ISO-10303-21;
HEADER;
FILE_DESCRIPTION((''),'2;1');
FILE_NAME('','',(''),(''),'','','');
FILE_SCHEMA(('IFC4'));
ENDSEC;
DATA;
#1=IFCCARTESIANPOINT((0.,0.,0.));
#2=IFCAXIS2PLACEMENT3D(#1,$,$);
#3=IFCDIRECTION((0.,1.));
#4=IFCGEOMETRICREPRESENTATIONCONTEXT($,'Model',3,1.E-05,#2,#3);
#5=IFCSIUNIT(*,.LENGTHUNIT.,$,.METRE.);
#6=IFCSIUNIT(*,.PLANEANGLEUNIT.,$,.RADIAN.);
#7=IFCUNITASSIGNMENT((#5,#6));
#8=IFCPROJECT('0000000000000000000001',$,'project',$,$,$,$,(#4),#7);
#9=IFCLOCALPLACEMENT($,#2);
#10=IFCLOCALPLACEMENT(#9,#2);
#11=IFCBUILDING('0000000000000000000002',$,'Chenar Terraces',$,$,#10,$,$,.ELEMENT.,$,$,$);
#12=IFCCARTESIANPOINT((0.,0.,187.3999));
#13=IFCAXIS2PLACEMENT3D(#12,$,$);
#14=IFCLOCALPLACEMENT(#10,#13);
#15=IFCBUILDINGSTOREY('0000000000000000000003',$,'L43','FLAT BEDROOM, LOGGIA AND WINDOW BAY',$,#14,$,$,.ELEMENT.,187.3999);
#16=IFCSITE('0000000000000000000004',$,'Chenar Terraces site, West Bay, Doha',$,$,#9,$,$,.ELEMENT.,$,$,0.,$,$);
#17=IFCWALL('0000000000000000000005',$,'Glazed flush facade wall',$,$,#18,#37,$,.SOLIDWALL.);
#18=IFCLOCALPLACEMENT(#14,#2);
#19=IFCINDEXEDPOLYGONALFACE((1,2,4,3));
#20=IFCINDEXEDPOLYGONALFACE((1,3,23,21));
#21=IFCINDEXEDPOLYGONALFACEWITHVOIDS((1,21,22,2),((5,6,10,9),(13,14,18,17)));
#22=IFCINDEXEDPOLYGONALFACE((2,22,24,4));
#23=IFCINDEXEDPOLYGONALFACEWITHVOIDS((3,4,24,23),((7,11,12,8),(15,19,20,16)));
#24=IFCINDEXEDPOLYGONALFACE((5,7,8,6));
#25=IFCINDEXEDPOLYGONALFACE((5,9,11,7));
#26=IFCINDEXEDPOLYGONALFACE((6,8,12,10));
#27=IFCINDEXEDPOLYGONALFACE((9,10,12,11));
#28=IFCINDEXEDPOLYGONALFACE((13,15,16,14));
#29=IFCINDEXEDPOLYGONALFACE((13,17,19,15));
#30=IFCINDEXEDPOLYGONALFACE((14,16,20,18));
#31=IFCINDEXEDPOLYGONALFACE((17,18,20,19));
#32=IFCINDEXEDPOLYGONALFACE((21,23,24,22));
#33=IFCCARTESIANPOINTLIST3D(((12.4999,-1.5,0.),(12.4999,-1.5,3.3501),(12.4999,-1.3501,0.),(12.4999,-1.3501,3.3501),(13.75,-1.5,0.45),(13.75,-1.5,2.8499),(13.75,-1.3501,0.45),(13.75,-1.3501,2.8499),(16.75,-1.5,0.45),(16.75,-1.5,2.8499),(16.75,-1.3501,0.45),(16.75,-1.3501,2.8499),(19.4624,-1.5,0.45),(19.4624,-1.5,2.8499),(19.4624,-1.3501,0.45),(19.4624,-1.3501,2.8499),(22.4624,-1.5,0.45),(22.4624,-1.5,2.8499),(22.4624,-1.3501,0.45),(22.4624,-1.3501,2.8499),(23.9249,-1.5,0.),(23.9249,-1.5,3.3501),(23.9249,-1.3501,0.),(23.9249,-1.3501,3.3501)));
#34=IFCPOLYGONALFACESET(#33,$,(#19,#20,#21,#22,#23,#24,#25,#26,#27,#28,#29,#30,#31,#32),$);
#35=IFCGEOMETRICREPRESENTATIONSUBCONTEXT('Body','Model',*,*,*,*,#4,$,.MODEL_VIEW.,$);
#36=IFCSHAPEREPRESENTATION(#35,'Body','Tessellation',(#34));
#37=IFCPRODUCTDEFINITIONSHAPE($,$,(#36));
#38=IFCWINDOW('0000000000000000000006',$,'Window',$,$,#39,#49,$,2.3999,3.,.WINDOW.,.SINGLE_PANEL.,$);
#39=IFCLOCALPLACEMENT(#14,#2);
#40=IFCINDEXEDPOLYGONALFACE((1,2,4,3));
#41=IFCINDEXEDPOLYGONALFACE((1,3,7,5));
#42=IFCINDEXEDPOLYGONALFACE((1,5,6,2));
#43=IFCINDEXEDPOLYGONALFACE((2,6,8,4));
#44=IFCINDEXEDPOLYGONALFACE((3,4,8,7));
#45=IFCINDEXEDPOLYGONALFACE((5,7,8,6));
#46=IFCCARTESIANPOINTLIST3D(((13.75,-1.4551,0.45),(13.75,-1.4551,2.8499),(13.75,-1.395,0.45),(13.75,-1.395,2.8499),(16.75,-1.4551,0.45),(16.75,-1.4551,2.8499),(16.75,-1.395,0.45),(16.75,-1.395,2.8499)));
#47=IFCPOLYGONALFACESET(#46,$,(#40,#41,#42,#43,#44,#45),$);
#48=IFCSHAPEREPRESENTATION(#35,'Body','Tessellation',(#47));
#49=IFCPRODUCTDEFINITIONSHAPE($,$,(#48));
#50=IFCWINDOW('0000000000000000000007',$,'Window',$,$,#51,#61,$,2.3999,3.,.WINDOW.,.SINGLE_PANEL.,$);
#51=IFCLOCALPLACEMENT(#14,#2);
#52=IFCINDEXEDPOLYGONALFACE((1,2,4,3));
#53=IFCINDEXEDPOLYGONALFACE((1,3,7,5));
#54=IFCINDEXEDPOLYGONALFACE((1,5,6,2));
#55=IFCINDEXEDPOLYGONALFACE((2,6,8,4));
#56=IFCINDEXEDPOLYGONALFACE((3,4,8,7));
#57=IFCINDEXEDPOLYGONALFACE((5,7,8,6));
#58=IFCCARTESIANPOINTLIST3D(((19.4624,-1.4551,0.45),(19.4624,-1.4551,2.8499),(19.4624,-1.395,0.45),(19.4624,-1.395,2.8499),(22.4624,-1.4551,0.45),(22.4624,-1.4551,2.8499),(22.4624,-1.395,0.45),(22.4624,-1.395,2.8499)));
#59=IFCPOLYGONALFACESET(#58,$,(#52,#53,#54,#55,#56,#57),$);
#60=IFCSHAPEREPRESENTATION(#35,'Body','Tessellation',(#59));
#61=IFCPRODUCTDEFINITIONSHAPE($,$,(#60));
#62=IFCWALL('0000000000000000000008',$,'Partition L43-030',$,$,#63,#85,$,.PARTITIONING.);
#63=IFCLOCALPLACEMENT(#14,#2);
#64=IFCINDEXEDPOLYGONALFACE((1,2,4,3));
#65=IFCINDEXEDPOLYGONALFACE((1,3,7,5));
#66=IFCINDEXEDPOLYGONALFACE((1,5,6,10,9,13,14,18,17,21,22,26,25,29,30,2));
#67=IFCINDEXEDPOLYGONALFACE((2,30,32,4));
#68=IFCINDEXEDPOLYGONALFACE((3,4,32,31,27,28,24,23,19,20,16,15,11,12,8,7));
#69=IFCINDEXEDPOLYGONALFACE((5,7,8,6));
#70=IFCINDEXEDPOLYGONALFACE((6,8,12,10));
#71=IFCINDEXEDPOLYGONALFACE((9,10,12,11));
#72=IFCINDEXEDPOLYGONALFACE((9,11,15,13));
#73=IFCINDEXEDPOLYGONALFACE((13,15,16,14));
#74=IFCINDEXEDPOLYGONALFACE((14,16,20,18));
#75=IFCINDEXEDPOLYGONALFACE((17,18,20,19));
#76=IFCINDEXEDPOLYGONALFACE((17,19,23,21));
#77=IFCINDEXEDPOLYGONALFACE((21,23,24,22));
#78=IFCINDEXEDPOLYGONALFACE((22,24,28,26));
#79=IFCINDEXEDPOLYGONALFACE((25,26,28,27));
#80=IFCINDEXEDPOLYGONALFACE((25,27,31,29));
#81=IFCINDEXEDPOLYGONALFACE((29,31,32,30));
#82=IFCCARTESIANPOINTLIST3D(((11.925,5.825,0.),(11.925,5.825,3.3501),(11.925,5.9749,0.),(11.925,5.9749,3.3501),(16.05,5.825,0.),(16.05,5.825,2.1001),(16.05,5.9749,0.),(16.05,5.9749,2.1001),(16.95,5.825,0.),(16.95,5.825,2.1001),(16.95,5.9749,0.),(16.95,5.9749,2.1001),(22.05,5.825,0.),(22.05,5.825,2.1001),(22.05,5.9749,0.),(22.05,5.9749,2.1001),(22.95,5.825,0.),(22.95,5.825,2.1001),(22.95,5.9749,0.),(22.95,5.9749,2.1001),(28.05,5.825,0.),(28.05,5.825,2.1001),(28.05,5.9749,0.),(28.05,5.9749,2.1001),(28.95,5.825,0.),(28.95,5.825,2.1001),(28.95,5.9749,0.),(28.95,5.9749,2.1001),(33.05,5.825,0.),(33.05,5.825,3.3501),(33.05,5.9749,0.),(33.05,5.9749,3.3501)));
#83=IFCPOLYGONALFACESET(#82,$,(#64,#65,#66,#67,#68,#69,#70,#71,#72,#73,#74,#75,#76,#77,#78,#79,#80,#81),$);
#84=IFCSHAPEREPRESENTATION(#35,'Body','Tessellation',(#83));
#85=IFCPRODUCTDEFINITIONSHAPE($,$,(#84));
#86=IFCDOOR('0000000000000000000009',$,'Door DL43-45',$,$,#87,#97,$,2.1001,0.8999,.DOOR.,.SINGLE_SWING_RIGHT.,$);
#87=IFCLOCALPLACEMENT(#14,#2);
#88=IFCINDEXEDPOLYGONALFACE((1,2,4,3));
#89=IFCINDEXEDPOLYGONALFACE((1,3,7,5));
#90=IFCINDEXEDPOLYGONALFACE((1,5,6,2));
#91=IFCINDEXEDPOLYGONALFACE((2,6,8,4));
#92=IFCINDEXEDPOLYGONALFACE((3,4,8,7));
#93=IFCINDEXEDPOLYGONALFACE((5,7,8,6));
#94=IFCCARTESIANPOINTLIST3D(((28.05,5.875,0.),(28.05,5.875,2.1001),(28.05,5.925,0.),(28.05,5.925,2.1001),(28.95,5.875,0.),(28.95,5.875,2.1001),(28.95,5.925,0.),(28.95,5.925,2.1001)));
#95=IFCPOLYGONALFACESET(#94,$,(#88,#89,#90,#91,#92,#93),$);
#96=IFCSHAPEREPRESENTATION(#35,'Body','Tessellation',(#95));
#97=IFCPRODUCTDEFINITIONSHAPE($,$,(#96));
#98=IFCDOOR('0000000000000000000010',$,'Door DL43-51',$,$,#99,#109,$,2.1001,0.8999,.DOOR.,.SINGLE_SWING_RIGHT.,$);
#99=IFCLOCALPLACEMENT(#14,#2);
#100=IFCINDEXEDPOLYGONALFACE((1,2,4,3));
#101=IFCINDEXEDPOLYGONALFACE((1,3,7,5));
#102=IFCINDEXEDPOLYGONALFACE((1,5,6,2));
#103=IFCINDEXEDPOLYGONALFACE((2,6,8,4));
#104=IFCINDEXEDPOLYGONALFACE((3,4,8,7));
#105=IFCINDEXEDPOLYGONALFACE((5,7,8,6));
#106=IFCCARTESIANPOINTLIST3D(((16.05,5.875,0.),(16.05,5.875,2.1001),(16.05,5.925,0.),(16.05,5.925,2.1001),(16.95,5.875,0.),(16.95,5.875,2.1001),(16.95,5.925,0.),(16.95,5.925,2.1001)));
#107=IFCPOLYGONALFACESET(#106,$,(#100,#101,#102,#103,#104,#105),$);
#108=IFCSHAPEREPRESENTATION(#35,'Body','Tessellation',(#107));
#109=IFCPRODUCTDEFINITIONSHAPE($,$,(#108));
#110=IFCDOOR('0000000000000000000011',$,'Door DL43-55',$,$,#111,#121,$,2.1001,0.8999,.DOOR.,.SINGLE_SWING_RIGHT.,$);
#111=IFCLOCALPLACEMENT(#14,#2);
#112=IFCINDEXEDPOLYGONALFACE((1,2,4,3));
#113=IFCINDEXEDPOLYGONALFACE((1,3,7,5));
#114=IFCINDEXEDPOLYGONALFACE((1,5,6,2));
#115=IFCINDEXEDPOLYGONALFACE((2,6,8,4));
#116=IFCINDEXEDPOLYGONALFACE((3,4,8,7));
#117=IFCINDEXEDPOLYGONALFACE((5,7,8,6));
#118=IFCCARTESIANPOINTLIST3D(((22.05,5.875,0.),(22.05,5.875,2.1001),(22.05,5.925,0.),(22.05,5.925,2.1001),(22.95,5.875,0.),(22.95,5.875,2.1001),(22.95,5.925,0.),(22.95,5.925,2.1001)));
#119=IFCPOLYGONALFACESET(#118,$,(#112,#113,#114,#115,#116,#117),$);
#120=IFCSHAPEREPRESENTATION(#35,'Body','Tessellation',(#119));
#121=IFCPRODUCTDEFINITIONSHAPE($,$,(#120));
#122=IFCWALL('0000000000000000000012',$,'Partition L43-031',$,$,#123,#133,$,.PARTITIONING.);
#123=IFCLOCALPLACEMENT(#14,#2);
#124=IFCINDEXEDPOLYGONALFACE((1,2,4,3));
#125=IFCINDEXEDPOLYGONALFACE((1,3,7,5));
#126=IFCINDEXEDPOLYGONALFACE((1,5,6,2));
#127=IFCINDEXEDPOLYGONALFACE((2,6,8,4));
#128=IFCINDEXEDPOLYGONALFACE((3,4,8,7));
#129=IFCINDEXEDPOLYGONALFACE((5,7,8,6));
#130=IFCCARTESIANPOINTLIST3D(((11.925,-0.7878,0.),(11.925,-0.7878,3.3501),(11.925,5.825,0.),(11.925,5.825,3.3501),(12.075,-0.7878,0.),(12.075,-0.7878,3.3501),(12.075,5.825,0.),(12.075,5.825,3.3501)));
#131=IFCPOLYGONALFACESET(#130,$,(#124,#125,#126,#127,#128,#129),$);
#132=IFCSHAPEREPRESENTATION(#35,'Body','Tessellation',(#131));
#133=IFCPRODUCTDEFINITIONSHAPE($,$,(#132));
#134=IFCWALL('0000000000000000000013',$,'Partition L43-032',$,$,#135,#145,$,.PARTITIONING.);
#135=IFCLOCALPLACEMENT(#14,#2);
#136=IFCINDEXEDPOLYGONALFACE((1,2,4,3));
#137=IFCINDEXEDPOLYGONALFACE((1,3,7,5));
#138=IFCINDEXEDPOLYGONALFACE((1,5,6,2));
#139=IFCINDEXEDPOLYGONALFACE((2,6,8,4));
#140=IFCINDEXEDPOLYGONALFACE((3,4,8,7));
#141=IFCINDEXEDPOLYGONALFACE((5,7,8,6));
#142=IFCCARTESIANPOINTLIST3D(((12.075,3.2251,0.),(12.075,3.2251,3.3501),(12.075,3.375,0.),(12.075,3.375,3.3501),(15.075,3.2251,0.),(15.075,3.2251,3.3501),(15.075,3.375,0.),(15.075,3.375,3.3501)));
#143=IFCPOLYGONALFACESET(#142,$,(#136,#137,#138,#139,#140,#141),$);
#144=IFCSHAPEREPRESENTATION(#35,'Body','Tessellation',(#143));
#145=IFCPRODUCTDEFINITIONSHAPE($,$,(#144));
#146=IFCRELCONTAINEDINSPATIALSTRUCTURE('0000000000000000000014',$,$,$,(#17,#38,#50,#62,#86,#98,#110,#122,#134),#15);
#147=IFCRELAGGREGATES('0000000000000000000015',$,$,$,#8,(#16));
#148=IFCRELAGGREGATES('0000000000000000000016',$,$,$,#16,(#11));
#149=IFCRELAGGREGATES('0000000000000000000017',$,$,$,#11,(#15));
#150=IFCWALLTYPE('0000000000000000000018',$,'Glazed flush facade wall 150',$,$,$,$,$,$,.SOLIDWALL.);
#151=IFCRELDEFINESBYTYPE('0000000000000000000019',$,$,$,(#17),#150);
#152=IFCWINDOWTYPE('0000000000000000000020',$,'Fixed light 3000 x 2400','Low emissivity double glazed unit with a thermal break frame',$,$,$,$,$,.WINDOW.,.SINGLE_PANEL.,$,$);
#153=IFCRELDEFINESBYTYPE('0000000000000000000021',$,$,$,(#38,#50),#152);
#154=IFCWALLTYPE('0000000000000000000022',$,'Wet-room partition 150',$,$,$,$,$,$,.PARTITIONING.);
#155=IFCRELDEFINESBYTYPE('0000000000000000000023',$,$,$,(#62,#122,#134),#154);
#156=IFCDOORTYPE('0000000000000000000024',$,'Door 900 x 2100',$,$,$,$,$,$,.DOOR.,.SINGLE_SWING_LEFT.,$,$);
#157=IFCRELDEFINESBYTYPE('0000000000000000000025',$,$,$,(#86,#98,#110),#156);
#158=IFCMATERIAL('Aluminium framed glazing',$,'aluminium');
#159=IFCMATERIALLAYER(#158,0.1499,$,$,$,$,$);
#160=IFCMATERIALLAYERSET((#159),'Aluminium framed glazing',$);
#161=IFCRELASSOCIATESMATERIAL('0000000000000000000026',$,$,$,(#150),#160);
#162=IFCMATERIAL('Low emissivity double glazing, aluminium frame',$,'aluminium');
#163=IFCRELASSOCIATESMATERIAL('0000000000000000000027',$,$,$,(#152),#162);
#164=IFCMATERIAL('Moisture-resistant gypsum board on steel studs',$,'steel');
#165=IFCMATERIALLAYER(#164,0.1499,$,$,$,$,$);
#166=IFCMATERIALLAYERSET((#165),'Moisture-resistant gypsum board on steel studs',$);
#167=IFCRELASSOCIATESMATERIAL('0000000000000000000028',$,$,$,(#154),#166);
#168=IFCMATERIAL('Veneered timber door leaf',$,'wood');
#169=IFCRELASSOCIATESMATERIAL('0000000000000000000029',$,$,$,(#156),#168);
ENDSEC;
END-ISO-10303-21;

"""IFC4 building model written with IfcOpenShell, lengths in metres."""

from ifc_helpers import new_model, si_unit, direction, frame, frame_2d, origin, place, context, subcontext, project, spatial, rectangle, extrude, material, layer, layer_set, type_object, element, fill, save


model = new_model("IFC4")

# Units and contexts
model_context = context("Model", 3, precision=1e-05, world=origin(), true_north=direction((0.0, 1.0)))
body_context = subcontext(model_context, "Body", "Model", "MODEL_VIEW")
ifc_project = project(units=[si_unit("LENGTHUNIT", "METRE"), si_unit("PLANEANGLEUNIT", "RADIAN")], contexts=[model_context])

# Site, building, storey
site_placement = place(None, origin())
site = spatial("IfcSite", under=ifc_project, at=site_placement, Name="Chenar Terraces site, West Bay, Doha", CompositionType="ELEMENT", RefElevation=0.0)
building_placement = place(site_placement, origin())
building = spatial("IfcBuilding", under=site, at=building_placement, Name="Chenar Terraces", CompositionType="ELEMENT")
storey_placement = place(building_placement, frame((0.0, 0.0, 187.3999)))
storey = spatial("IfcBuildingStorey", under=building, at=storey_placement, Name="L43", Description="FLAT BEDROOM, LOGGIA AND WINDOW BAY", CompositionType="ELEMENT", Elevation=187.3999)

# Wall, openings, windows
ifc_material_1 = material(Name="Aluminium framed glazing", Category="aluminium")
ifc_layer_1 = layer(ifc_material_1, 0.1499)
ifc_layer_set_1 = layer_set([ifc_layer_1], Name="Aluminium framed glazing")
wall_type_1 = type_object("IfcWallType", Name="Glazed flush facade wall 150", PredefinedType="SOLIDWALL", material=ifc_layer_set_1)
wall_1_placement = place(storey_placement, frame((12.5, -1.425, 0.0), z_axis=(0.0, 0.0, 1.0), x_axis=(1.0, 0.0, 0.0)))
wall_1 = element("IfcWall", 1, at=wall_1_placement, inside=storey, type_object=wall_type_1, Name="Glazed flush facade wall", PredefinedType="SOLIDWALL", context=body_context, shape_type="SweptSolid", body=[
    extrude(rectangle(XDim=11.425, YDim=0.1499, at=frame_2d((5.7124, 0.0))), origin(), (0.0, 0.0, 1.0), 3.3501),
])
opening_1_placement = place(wall_1_placement, frame((1.25, 0.0, 0.45)))
opening_1 = element("IfcOpeningElement", 2, at=opening_1_placement, cuts=wall_1, PredefinedType="OPENING", context=body_context, shape_type="SweptSolid", body=[
    extrude(rectangle(XDim=3.0, YDim=2.3999, at=frame_2d((1.5, 1.2))), frame((0.0, 0.085, 0.0), z_axis=(0.0, -1.0, 0.0), x_axis=(1.0, 0.0, 0.0)), (0.0, 0.0, 1.0), 0.1699),
])
opening_2_placement = place(wall_1_placement, frame((6.9624, 0.0, 0.45)))
opening_2 = element("IfcOpeningElement", 3, at=opening_2_placement, cuts=wall_1, PredefinedType="OPENING", context=body_context, shape_type="SweptSolid", body=[
    extrude(rectangle(XDim=3.0, YDim=2.3999, at=frame_2d((1.5, 1.2))), frame((0.0, 0.085, 0.0), z_axis=(0.0, -1.0, 0.0), x_axis=(1.0, 0.0, 0.0)), (0.0, 0.0, 1.0), 0.1699),
])
ifc_material_2 = material(Name="Low emissivity double glazing, aluminium frame", Category="aluminium")
window_type = type_object("IfcWindowType", Name="Fixed light 3000 x 2400", Description="Low emissivity double glazed unit with a thermal break frame", PartitioningType="SINGLE_PANEL", PredefinedType="WINDOW", material=ifc_material_2)
window_1_placement = place(opening_1_placement, origin())
window_1 = element("IfcWindow", 4, at=window_1_placement, inside=storey, type_object=window_type, Name="Window", OverallHeight=2.3999, OverallWidth=3.0, PartitioningType="SINGLE_PANEL", PredefinedType="WINDOW", context=body_context, shape_type="SweptSolid", body=[
    extrude(rectangle(XDim=3.0, YDim=2.3999, at=frame_2d((1.5, 1.2))), frame((0.0, 0.03, 0.0), z_axis=(0.0, -1.0, 0.0), x_axis=(1.0, 0.0, 0.0)), (0.0, 0.0, 1.0), 0.0601),
])
fill(opening_1, window_1)
window_2_placement = place(opening_2_placement, origin())
window_2 = element("IfcWindow", 5, at=window_2_placement, inside=storey, type_object=window_type, Name="Window", OverallHeight=2.3999, OverallWidth=3.0, PartitioningType="SINGLE_PANEL", PredefinedType="WINDOW", context=body_context, shape_type="SweptSolid", body=[
    extrude(rectangle(XDim=3.0, YDim=2.3999, at=frame_2d((1.5, 1.2))), frame((0.0, 0.03, 0.0), z_axis=(0.0, -1.0, 0.0), x_axis=(1.0, 0.0, 0.0)), (0.0, 0.0, 1.0), 0.0601),
])
fill(opening_2, window_2)

# Wall, openings, doors
ifc_material_3 = material(Name="Moisture-resistant gypsum board on steel studs", Category="steel")
ifc_layer_2 = layer(ifc_material_3, 0.1499)
ifc_layer_set_2 = layer_set([ifc_layer_2], Name="Moisture-resistant gypsum board on steel studs")
wall_type_2 = type_object("IfcWallType", Name="Wet-room partition 150", PredefinedType="PARTITIONING", material=ifc_layer_set_2)
wall_2_placement = place(storey_placement, frame((11.925, 5.8999, 0.0), z_axis=(0.0, 0.0, 1.0), x_axis=(1.0, 0.0, 0.0)))
wall_2 = element("IfcWall", 6, at=wall_2_placement, inside=storey, type_object=wall_type_2, Name="Partition L43-030", PredefinedType="PARTITIONING", context=body_context, shape_type="SweptSolid", body=[
    extrude(rectangle(XDim=21.125, YDim=0.1499, at=frame_2d((10.5625, 0.0))), origin(), (0.0, 0.0, 1.0), 3.3501),
])
opening_3_placement = place(wall_2_placement, frame((16.125, 0.0, 0.0)))
opening_3 = element("IfcOpeningElement", 7, at=opening_3_placement, cuts=wall_2, PredefinedType="OPENING", context=body_context, shape_type="SweptSolid", body=[
    extrude(rectangle(XDim=0.8999, YDim=2.1001, at=frame_2d((0.45, 1.05))), frame((0.0, 0.085, 0.0), z_axis=(0.0, -1.0, 0.0), x_axis=(1.0, 0.0, 0.0)), (0.0, 0.0, 1.0), 0.1699),
])
opening_4_placement = place(wall_2_placement, frame((4.125, 0.0, 0.0)))
opening_4 = element("IfcOpeningElement", 8, at=opening_4_placement, cuts=wall_2, PredefinedType="OPENING", context=body_context, shape_type="SweptSolid", body=[
    extrude(rectangle(XDim=0.8999, YDim=2.1001, at=frame_2d((0.45, 1.05))), frame((0.0, 0.085, 0.0), z_axis=(0.0, -1.0, 0.0), x_axis=(1.0, 0.0, 0.0)), (0.0, 0.0, 1.0), 0.1699),
])
opening_5_placement = place(wall_2_placement, frame((10.125, 0.0, 0.0)))
opening_5 = element("IfcOpeningElement", 9, at=opening_5_placement, cuts=wall_2, PredefinedType="OPENING", context=body_context, shape_type="SweptSolid", body=[
    extrude(rectangle(XDim=0.8999, YDim=2.1001, at=frame_2d((0.45, 1.05))), frame((0.0, 0.085, 0.0), z_axis=(0.0, -1.0, 0.0), x_axis=(1.0, 0.0, 0.0)), (0.0, 0.0, 1.0), 0.1699),
])
ifc_material_4 = material(Name="Veneered timber door leaf", Category="wood")
door_type_1 = type_object("IfcDoorType", Name="Door 900 x 2100", OperationType="SINGLE_SWING_LEFT", PredefinedType="DOOR", material=ifc_material_4)
door_1_placement = place(opening_3_placement, frame((0.8999, 0.0, 0.0), z_axis=(0.0, 0.0, 1.0), x_axis=(-1.0, 0.0, 0.0)))
door_1 = element("IfcDoor", 10, at=door_1_placement, inside=storey, type_object=door_type_1, Name="Door DL43-45", OperationType="SINGLE_SWING_RIGHT", OverallHeight=2.1001, OverallWidth=0.8999, PredefinedType="DOOR", context=body_context, shape_type="SweptSolid", body=[
    extrude(rectangle(XDim=0.8999, YDim=2.1001, at=frame_2d((0.45, 1.05))), frame((0.0, 0.0249, 0.0), z_axis=(0.0, -1.0, 0.0), x_axis=(1.0, 0.0, 0.0)), (0.0, 0.0, 1.0), 0.05),
])
fill(opening_3, door_1)
door_2_placement = place(opening_4_placement, frame((0.8999, 0.0, 0.0), z_axis=(0.0, 0.0, 1.0), x_axis=(-1.0, 0.0, 0.0)))
door_2 = element("IfcDoor", 11, at=door_2_placement, inside=storey, type_object=door_type_1, Name="Door DL43-51", OperationType="SINGLE_SWING_RIGHT", OverallHeight=2.1001, OverallWidth=0.8999, PredefinedType="DOOR", context=body_context, shape_type="SweptSolid", body=[
    extrude(rectangle(XDim=0.8999, YDim=2.1001, at=frame_2d((0.45, 1.05))), frame((0.0, 0.0249, 0.0), z_axis=(0.0, -1.0, 0.0), x_axis=(1.0, 0.0, 0.0)), (0.0, 0.0, 1.0), 0.05),
])
fill(opening_4, door_2)
door_3_placement = place(opening_5_placement, frame((0.8999, 0.0, 0.0), z_axis=(0.0, 0.0, 1.0), x_axis=(-1.0, 0.0, 0.0)))
door_3 = element("IfcDoor", 12, at=door_3_placement, inside=storey, type_object=door_type_1, Name="Door DL43-55", OperationType="SINGLE_SWING_RIGHT", OverallHeight=2.1001, OverallWidth=0.8999, PredefinedType="DOOR", context=body_context, shape_type="SweptSolid", body=[
    extrude(rectangle(XDim=0.8999, YDim=2.1001, at=frame_2d((0.45, 1.05))), frame((0.0, 0.0249, 0.0), z_axis=(0.0, -1.0, 0.0), x_axis=(1.0, 0.0, 0.0)), (0.0, 0.0, 1.0), 0.05),
])
fill(opening_5, door_3)

# Walls
wall_3_placement = place(storey_placement, frame((12.0, -0.7878, 0.0), z_axis=(0.0, 0.0, 1.0), x_axis=(0.0, 1.0, 0.0)))
element("IfcWall", 13, at=wall_3_placement, inside=storey, type_object=wall_type_2, Name="Partition L43-031", PredefinedType="PARTITIONING", context=body_context, shape_type="SweptSolid", body=[
    extrude(rectangle(XDim=6.6128, YDim=0.1499, at=frame_2d((3.3064, 0.0))), origin(), (0.0, 0.0, 1.0), 3.3501),
])
wall_4_placement = place(storey_placement, frame((12.075, 3.3, 0.0), z_axis=(0.0, 0.0, 1.0), x_axis=(1.0, 0.0, 0.0)))
element("IfcWall", 14, at=wall_4_placement, inside=storey, type_object=wall_type_2, Name="Partition L43-032", PredefinedType="PARTITIONING", context=body_context, shape_type="SweptSolid", body=[
    extrude(rectangle(XDim=3.0, YDim=0.1499, at=frame_2d((1.5, 0.0))), origin(), (0.0, 0.0, 1.0), 3.3501),
])

save(model, "model.ifc")
